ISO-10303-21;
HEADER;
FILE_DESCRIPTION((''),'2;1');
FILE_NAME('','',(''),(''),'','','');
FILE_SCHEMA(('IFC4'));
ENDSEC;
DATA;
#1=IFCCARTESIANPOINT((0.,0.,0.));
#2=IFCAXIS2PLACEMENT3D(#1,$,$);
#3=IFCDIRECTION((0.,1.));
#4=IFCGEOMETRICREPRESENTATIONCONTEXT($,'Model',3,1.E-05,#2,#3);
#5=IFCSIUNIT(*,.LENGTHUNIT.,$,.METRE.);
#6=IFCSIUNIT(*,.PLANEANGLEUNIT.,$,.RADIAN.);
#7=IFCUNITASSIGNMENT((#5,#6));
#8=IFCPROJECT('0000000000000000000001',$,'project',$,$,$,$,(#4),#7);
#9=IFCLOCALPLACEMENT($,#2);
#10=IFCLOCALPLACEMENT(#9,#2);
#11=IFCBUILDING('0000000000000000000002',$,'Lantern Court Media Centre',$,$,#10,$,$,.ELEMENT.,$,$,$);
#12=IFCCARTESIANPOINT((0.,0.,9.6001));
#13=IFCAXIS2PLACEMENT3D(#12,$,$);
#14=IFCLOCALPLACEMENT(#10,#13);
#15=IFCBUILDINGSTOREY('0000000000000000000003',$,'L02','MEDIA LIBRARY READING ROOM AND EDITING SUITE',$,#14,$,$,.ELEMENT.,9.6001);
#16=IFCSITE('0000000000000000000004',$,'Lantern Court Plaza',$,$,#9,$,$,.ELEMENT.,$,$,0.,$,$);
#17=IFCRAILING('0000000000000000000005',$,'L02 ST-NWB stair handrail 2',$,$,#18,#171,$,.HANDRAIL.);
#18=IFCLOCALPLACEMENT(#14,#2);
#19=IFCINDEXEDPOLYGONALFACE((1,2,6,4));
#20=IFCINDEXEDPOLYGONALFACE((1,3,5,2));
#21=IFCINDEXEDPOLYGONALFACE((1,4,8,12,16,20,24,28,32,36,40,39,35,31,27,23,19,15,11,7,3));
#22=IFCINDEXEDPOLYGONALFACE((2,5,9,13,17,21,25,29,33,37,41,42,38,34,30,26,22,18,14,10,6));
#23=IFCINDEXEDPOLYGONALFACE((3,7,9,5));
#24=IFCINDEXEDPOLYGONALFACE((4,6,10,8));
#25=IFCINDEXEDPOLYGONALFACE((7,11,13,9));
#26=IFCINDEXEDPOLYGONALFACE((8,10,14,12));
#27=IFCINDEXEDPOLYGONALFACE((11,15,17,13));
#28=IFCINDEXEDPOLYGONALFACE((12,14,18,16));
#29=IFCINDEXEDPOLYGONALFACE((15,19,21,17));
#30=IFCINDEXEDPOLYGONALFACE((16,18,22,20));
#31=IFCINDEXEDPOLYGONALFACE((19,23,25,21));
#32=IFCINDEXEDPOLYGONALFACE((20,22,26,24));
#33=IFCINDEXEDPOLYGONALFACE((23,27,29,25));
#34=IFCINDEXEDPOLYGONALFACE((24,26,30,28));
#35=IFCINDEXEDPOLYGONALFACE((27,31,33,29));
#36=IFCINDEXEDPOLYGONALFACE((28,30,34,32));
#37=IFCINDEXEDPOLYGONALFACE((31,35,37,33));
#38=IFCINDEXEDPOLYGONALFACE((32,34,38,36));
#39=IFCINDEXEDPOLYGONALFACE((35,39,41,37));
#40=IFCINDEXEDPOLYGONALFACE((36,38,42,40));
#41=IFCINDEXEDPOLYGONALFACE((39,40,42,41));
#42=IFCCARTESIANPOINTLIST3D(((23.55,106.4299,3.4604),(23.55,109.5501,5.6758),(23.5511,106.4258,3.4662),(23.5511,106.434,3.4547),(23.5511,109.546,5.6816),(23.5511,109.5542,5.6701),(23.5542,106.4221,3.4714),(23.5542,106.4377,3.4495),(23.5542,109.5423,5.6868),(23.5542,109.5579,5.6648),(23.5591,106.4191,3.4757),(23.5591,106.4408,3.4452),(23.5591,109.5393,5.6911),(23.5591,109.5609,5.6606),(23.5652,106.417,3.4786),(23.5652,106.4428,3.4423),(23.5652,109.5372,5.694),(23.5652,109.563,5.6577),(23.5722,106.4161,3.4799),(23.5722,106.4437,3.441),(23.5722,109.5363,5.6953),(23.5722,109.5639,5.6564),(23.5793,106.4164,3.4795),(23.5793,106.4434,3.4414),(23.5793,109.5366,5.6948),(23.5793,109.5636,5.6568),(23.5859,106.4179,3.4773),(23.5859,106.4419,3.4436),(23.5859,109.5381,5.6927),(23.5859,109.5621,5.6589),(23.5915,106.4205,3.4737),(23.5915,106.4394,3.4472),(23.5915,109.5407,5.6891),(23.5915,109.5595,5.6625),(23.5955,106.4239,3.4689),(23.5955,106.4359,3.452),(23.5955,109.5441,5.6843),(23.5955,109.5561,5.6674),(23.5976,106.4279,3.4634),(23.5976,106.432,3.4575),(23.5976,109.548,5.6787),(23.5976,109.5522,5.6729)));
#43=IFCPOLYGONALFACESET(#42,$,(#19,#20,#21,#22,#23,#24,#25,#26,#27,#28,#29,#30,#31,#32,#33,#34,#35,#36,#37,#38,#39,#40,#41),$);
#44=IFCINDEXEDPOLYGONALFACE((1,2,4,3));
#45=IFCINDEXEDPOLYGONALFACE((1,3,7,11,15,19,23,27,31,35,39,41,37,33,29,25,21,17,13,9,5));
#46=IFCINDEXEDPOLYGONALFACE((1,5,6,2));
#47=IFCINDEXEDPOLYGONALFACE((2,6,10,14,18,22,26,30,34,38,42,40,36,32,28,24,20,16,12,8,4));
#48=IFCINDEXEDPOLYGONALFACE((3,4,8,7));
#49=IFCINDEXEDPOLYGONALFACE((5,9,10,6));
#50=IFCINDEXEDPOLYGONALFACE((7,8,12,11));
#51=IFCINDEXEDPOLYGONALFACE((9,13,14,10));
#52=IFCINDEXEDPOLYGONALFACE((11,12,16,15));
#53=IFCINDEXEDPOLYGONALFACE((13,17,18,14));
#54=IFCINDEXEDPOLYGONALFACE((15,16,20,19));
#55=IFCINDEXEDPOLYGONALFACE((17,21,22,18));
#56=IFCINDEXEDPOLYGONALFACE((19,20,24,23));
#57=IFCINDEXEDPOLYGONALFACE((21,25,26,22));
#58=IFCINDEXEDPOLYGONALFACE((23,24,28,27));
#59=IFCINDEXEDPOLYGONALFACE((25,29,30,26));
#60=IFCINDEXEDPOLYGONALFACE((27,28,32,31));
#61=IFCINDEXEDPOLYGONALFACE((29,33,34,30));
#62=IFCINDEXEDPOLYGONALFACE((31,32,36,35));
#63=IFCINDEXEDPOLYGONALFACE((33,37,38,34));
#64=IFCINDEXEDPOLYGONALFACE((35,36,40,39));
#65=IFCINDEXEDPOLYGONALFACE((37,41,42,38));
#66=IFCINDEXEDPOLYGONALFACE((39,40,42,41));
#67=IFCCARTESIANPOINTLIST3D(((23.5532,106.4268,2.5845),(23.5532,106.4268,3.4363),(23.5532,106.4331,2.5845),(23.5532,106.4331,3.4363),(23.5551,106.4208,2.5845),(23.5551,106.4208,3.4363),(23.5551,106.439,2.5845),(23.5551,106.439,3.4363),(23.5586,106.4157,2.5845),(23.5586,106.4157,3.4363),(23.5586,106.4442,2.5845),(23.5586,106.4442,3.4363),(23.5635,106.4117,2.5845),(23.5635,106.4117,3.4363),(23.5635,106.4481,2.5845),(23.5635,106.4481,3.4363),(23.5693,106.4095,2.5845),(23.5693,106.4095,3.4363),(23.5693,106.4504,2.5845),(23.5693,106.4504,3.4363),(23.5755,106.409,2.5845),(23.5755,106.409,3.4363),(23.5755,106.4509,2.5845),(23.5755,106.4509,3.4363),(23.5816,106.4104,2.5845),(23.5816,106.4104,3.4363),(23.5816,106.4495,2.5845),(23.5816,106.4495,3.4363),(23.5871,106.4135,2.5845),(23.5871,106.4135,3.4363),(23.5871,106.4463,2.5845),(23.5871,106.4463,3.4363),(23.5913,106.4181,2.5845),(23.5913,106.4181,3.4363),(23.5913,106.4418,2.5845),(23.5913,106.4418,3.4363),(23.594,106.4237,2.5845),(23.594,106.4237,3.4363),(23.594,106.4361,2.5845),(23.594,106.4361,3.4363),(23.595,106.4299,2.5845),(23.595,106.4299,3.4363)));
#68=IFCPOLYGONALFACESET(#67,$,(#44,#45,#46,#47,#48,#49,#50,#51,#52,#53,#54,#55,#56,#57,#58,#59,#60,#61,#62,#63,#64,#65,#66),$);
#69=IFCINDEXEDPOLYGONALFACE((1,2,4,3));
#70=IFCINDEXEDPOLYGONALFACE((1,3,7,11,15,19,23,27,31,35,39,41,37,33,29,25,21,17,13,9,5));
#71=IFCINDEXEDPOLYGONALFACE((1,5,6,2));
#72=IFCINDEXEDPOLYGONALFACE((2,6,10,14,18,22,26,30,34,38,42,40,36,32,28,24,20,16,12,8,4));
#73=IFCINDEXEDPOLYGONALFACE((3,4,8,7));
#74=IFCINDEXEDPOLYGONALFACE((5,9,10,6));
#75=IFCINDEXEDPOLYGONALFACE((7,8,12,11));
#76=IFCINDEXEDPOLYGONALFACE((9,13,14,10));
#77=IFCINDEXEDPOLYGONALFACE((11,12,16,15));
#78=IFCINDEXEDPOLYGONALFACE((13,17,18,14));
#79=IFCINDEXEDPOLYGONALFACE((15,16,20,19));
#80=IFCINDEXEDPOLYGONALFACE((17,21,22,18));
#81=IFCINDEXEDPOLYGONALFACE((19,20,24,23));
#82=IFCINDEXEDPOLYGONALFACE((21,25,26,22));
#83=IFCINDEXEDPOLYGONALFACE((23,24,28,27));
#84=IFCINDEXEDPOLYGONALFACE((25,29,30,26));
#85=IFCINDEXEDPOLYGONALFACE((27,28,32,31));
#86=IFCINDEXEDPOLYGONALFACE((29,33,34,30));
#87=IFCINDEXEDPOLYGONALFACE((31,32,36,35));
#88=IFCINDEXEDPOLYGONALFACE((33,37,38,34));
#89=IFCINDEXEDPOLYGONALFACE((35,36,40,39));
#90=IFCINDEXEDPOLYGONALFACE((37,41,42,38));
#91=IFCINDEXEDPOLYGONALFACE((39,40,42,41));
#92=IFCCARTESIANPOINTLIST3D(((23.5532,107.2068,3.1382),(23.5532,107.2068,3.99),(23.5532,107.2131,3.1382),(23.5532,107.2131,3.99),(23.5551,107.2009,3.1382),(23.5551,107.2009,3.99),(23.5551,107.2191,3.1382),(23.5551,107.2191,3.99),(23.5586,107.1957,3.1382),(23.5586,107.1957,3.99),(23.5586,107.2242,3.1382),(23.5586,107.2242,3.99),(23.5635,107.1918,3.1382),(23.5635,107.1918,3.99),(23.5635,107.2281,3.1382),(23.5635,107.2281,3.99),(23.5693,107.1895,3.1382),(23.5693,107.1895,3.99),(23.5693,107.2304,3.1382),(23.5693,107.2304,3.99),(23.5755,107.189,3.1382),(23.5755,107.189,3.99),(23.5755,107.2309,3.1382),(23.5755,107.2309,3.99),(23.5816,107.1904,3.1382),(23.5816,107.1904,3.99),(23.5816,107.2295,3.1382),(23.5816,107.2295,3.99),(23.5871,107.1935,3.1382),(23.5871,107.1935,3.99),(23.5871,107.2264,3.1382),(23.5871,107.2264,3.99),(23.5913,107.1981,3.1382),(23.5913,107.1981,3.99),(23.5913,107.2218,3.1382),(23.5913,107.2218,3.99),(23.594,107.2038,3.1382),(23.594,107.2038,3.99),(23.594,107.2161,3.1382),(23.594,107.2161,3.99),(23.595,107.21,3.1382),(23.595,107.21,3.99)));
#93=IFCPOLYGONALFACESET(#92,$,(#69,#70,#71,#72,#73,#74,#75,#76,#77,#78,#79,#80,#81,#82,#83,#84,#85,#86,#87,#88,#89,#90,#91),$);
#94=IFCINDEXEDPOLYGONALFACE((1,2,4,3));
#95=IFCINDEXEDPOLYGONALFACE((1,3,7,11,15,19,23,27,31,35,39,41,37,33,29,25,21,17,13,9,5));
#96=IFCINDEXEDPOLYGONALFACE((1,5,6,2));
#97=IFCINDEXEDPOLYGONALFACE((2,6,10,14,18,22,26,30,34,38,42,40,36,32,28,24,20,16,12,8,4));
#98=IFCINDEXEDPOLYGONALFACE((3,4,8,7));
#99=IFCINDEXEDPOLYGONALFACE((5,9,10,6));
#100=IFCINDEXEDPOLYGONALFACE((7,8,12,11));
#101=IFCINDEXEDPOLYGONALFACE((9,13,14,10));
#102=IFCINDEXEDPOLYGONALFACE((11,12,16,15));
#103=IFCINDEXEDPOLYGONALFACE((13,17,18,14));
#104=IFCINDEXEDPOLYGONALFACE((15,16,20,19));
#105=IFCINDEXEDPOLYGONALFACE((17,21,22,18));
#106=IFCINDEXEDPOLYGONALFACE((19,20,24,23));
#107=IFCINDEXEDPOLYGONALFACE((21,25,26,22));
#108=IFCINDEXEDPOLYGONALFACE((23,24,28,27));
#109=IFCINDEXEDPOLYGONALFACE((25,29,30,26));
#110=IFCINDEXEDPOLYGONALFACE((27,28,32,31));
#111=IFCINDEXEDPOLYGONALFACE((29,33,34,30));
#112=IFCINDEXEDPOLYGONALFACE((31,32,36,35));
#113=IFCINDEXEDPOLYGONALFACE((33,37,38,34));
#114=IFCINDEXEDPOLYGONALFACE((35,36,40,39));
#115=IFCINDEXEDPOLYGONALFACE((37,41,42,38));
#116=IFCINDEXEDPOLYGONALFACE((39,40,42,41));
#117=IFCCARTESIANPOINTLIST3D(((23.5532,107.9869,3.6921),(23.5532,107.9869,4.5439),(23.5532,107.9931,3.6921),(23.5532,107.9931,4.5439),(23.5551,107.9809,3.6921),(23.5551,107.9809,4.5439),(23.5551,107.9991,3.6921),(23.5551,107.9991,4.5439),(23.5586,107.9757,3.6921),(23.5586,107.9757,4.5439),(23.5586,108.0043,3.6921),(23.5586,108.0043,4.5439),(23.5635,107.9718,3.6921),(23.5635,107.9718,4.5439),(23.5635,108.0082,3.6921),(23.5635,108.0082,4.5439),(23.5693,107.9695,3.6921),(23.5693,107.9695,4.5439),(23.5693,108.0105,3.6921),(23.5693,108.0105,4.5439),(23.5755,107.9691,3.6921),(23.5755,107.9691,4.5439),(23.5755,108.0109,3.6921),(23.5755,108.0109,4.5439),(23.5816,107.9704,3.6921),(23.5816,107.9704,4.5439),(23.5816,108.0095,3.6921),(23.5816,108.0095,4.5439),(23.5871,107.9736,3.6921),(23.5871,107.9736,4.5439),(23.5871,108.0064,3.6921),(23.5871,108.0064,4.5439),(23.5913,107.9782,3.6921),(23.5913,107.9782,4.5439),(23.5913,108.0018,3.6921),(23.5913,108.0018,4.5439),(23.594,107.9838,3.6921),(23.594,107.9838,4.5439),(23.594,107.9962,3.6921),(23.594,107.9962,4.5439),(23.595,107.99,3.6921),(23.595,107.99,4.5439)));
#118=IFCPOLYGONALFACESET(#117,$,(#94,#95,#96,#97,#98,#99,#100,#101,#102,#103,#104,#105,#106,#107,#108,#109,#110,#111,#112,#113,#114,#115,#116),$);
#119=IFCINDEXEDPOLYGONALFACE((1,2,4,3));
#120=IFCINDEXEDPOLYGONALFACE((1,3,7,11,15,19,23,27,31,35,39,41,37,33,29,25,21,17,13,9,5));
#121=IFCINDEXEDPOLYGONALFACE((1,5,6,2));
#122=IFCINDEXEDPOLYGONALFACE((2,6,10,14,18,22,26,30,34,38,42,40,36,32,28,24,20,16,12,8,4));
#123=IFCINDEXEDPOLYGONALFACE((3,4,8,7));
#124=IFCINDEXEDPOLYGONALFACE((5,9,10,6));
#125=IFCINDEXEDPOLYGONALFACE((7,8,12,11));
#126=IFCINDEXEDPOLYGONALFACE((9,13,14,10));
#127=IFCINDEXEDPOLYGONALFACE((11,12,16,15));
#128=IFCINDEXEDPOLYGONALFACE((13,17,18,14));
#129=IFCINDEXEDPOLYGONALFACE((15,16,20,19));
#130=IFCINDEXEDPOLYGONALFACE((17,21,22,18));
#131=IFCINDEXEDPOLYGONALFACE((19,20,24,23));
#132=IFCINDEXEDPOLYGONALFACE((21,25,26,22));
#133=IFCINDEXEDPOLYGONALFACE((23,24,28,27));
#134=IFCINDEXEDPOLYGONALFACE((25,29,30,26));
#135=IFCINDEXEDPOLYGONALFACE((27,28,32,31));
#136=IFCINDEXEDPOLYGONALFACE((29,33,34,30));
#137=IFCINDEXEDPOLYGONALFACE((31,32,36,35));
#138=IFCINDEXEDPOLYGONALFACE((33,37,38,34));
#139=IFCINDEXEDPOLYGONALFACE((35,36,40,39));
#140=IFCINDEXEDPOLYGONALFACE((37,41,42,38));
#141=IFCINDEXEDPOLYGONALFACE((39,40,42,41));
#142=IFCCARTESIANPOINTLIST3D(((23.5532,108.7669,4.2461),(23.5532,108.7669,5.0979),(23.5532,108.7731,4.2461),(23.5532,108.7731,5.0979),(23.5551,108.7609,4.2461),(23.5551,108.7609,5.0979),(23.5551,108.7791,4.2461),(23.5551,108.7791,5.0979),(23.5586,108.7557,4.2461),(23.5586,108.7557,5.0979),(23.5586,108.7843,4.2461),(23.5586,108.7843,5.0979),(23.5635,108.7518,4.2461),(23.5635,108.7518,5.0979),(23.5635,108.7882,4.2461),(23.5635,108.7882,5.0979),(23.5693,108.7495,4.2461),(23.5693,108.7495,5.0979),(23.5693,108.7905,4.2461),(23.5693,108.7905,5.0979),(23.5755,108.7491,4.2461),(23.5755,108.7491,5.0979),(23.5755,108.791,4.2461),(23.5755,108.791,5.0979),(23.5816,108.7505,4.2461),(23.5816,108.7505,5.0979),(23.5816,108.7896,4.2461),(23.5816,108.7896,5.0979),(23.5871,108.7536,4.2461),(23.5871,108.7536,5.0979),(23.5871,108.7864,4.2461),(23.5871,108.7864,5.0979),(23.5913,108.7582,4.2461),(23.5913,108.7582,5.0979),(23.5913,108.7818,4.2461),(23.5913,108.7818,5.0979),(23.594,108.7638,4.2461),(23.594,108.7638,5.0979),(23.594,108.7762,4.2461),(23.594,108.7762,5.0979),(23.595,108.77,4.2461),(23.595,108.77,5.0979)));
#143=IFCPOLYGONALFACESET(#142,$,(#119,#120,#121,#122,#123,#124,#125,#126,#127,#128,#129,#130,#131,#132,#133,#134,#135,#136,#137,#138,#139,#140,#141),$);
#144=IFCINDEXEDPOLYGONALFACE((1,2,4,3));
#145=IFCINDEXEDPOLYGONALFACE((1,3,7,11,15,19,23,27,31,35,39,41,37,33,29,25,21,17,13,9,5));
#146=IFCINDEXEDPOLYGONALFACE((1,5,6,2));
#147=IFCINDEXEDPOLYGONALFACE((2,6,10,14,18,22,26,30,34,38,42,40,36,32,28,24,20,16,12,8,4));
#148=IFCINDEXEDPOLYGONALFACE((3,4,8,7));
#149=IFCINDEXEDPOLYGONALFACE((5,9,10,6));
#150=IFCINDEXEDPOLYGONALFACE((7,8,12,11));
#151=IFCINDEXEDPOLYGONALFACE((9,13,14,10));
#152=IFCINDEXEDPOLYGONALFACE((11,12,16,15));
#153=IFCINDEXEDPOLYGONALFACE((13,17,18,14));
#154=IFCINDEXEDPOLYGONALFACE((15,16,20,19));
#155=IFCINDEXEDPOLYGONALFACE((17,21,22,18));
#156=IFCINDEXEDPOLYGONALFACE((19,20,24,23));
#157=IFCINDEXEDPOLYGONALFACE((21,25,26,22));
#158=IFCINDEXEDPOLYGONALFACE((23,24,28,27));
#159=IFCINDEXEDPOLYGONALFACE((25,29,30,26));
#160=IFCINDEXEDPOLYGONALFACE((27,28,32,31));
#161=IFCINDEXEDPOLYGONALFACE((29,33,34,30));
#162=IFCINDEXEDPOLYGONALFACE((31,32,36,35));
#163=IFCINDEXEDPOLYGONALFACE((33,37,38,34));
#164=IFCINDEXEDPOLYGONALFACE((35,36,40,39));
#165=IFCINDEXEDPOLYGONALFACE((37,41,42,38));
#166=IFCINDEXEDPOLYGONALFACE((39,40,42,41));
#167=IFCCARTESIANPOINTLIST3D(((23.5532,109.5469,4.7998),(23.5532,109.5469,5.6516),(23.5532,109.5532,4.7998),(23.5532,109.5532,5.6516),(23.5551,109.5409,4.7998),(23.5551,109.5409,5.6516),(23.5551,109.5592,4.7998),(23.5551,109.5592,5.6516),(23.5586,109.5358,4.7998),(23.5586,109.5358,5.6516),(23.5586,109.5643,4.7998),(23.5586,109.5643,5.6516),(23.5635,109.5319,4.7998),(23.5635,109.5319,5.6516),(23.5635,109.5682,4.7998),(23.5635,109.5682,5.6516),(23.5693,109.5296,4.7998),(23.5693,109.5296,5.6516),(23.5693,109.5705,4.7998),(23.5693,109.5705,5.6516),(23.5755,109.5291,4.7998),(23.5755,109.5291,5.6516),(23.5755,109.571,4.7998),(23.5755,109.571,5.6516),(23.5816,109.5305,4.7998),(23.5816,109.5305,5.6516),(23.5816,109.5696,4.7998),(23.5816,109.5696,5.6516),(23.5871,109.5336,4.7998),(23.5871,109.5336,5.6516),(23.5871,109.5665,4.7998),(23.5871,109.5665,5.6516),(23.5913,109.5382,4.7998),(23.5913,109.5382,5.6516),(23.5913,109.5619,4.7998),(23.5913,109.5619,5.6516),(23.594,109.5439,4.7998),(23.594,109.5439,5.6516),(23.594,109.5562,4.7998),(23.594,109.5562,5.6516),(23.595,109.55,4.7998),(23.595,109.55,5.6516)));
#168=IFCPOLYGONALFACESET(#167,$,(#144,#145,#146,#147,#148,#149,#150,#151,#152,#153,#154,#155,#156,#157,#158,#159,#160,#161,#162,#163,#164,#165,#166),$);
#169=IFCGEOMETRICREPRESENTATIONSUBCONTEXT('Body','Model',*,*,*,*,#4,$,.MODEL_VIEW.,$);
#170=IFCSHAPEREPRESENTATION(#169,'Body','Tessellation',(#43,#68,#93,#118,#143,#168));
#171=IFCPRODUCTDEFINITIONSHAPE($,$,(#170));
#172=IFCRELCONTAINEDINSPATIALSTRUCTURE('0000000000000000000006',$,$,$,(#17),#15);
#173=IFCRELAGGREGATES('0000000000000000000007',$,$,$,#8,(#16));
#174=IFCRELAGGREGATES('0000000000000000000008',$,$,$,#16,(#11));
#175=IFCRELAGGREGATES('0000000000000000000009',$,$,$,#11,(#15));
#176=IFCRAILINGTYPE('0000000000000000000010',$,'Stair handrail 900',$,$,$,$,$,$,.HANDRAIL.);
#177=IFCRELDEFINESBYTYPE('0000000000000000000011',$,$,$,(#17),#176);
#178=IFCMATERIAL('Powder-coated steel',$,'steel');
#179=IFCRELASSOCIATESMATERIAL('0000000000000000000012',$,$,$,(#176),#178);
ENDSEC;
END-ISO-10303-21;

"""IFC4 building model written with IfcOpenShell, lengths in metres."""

from ifc_helpers import new_model, si_unit, direction, frame, origin, origin_2d, place, context, subcontext, project, spatial, circle, extrude, material, type_object, element, save


model = new_model("IFC4")

# Units and contexts
model_context = context("Model", 3, precision=1e-05, world=origin(), true_north=direction((0.0, 1.0)))
body_context = subcontext(model_context, "Body", "Model", "MODEL_VIEW")
ifc_project = project(units=[si_unit("LENGTHUNIT", "METRE"), si_unit("PLANEANGLEUNIT", "RADIAN")], contexts=[model_context])

# Site, building, storey
site_placement = place(None, origin())
site = spatial("IfcSite", under=ifc_project, at=site_placement, Name="Lantern Court Plaza", CompositionType="ELEMENT", RefElevation=0.0)
building_placement = place(site_placement, origin())
building = spatial("IfcBuilding", under=site, at=building_placement, Name="Lantern Court Media Centre", CompositionType="ELEMENT")
storey_placement = place(building_placement, frame((0.0, 0.0, 9.6001)))
storey = spatial("IfcBuildingStorey", under=building, at=storey_placement, Name="L02", Description="MEDIA LIBRARY READING ROOM AND EDITING SUITE", CompositionType="ELEMENT", Elevation=9.6001)

# Shared definitions
ifc_material_1 = material(Name="Powder-coated steel", Category="steel")

# Railing
railing_type_1 = type_object("IfcRailingType", Name="Stair handrail 900", PredefinedType="HANDRAIL", material=ifc_material_1)
railing_1_placement = place(storey_placement, frame((23.574, 106.4299, 2.5845)))
element("IfcRailing", 1, at=railing_1_placement, inside=storey, type_object=railing_type_1, Name="L02 ST-NWB stair handrail 2", PredefinedType="HANDRAIL", context=body_context, shape_type="SweptSolid", body=[
    extrude(circle(Radius=0.0239, at=origin_2d()), frame((0.0, 0.0, 0.876), z_axis=(0.0, 0.815377, 0.57893), x_axis=(-1.0, 0.0, 0.0)), (0.0, 0.0, 1.0), 3.8267),
    extrude(circle(Radius=0.021, at=origin_2d()), origin(), (0.0, 0.0, 1.0), 0.8518),
    extrude(circle(Radius=0.021, at=origin_2d()), frame((0.0, 0.78, 0.5537)), (0.0, 0.0, 1.0), 0.8518),
    extrude(circle(Radius=0.021, at=origin_2d()), frame((0.0, 1.5601, 1.1077)), (0.0, 0.0, 1.0), 0.8518),
    extrude(circle(Radius=0.021, at=origin_2d()), frame((0.0, 2.3401, 1.6616)), (0.0, 0.0, 1.0), 0.8518),
    extrude(circle(Radius=0.021, at=origin_2d()), frame((0.0, 3.1201, 2.2153)), (0.0, 0.0, 1.0), 0.8518),
])

save(model, "model.ifc")
